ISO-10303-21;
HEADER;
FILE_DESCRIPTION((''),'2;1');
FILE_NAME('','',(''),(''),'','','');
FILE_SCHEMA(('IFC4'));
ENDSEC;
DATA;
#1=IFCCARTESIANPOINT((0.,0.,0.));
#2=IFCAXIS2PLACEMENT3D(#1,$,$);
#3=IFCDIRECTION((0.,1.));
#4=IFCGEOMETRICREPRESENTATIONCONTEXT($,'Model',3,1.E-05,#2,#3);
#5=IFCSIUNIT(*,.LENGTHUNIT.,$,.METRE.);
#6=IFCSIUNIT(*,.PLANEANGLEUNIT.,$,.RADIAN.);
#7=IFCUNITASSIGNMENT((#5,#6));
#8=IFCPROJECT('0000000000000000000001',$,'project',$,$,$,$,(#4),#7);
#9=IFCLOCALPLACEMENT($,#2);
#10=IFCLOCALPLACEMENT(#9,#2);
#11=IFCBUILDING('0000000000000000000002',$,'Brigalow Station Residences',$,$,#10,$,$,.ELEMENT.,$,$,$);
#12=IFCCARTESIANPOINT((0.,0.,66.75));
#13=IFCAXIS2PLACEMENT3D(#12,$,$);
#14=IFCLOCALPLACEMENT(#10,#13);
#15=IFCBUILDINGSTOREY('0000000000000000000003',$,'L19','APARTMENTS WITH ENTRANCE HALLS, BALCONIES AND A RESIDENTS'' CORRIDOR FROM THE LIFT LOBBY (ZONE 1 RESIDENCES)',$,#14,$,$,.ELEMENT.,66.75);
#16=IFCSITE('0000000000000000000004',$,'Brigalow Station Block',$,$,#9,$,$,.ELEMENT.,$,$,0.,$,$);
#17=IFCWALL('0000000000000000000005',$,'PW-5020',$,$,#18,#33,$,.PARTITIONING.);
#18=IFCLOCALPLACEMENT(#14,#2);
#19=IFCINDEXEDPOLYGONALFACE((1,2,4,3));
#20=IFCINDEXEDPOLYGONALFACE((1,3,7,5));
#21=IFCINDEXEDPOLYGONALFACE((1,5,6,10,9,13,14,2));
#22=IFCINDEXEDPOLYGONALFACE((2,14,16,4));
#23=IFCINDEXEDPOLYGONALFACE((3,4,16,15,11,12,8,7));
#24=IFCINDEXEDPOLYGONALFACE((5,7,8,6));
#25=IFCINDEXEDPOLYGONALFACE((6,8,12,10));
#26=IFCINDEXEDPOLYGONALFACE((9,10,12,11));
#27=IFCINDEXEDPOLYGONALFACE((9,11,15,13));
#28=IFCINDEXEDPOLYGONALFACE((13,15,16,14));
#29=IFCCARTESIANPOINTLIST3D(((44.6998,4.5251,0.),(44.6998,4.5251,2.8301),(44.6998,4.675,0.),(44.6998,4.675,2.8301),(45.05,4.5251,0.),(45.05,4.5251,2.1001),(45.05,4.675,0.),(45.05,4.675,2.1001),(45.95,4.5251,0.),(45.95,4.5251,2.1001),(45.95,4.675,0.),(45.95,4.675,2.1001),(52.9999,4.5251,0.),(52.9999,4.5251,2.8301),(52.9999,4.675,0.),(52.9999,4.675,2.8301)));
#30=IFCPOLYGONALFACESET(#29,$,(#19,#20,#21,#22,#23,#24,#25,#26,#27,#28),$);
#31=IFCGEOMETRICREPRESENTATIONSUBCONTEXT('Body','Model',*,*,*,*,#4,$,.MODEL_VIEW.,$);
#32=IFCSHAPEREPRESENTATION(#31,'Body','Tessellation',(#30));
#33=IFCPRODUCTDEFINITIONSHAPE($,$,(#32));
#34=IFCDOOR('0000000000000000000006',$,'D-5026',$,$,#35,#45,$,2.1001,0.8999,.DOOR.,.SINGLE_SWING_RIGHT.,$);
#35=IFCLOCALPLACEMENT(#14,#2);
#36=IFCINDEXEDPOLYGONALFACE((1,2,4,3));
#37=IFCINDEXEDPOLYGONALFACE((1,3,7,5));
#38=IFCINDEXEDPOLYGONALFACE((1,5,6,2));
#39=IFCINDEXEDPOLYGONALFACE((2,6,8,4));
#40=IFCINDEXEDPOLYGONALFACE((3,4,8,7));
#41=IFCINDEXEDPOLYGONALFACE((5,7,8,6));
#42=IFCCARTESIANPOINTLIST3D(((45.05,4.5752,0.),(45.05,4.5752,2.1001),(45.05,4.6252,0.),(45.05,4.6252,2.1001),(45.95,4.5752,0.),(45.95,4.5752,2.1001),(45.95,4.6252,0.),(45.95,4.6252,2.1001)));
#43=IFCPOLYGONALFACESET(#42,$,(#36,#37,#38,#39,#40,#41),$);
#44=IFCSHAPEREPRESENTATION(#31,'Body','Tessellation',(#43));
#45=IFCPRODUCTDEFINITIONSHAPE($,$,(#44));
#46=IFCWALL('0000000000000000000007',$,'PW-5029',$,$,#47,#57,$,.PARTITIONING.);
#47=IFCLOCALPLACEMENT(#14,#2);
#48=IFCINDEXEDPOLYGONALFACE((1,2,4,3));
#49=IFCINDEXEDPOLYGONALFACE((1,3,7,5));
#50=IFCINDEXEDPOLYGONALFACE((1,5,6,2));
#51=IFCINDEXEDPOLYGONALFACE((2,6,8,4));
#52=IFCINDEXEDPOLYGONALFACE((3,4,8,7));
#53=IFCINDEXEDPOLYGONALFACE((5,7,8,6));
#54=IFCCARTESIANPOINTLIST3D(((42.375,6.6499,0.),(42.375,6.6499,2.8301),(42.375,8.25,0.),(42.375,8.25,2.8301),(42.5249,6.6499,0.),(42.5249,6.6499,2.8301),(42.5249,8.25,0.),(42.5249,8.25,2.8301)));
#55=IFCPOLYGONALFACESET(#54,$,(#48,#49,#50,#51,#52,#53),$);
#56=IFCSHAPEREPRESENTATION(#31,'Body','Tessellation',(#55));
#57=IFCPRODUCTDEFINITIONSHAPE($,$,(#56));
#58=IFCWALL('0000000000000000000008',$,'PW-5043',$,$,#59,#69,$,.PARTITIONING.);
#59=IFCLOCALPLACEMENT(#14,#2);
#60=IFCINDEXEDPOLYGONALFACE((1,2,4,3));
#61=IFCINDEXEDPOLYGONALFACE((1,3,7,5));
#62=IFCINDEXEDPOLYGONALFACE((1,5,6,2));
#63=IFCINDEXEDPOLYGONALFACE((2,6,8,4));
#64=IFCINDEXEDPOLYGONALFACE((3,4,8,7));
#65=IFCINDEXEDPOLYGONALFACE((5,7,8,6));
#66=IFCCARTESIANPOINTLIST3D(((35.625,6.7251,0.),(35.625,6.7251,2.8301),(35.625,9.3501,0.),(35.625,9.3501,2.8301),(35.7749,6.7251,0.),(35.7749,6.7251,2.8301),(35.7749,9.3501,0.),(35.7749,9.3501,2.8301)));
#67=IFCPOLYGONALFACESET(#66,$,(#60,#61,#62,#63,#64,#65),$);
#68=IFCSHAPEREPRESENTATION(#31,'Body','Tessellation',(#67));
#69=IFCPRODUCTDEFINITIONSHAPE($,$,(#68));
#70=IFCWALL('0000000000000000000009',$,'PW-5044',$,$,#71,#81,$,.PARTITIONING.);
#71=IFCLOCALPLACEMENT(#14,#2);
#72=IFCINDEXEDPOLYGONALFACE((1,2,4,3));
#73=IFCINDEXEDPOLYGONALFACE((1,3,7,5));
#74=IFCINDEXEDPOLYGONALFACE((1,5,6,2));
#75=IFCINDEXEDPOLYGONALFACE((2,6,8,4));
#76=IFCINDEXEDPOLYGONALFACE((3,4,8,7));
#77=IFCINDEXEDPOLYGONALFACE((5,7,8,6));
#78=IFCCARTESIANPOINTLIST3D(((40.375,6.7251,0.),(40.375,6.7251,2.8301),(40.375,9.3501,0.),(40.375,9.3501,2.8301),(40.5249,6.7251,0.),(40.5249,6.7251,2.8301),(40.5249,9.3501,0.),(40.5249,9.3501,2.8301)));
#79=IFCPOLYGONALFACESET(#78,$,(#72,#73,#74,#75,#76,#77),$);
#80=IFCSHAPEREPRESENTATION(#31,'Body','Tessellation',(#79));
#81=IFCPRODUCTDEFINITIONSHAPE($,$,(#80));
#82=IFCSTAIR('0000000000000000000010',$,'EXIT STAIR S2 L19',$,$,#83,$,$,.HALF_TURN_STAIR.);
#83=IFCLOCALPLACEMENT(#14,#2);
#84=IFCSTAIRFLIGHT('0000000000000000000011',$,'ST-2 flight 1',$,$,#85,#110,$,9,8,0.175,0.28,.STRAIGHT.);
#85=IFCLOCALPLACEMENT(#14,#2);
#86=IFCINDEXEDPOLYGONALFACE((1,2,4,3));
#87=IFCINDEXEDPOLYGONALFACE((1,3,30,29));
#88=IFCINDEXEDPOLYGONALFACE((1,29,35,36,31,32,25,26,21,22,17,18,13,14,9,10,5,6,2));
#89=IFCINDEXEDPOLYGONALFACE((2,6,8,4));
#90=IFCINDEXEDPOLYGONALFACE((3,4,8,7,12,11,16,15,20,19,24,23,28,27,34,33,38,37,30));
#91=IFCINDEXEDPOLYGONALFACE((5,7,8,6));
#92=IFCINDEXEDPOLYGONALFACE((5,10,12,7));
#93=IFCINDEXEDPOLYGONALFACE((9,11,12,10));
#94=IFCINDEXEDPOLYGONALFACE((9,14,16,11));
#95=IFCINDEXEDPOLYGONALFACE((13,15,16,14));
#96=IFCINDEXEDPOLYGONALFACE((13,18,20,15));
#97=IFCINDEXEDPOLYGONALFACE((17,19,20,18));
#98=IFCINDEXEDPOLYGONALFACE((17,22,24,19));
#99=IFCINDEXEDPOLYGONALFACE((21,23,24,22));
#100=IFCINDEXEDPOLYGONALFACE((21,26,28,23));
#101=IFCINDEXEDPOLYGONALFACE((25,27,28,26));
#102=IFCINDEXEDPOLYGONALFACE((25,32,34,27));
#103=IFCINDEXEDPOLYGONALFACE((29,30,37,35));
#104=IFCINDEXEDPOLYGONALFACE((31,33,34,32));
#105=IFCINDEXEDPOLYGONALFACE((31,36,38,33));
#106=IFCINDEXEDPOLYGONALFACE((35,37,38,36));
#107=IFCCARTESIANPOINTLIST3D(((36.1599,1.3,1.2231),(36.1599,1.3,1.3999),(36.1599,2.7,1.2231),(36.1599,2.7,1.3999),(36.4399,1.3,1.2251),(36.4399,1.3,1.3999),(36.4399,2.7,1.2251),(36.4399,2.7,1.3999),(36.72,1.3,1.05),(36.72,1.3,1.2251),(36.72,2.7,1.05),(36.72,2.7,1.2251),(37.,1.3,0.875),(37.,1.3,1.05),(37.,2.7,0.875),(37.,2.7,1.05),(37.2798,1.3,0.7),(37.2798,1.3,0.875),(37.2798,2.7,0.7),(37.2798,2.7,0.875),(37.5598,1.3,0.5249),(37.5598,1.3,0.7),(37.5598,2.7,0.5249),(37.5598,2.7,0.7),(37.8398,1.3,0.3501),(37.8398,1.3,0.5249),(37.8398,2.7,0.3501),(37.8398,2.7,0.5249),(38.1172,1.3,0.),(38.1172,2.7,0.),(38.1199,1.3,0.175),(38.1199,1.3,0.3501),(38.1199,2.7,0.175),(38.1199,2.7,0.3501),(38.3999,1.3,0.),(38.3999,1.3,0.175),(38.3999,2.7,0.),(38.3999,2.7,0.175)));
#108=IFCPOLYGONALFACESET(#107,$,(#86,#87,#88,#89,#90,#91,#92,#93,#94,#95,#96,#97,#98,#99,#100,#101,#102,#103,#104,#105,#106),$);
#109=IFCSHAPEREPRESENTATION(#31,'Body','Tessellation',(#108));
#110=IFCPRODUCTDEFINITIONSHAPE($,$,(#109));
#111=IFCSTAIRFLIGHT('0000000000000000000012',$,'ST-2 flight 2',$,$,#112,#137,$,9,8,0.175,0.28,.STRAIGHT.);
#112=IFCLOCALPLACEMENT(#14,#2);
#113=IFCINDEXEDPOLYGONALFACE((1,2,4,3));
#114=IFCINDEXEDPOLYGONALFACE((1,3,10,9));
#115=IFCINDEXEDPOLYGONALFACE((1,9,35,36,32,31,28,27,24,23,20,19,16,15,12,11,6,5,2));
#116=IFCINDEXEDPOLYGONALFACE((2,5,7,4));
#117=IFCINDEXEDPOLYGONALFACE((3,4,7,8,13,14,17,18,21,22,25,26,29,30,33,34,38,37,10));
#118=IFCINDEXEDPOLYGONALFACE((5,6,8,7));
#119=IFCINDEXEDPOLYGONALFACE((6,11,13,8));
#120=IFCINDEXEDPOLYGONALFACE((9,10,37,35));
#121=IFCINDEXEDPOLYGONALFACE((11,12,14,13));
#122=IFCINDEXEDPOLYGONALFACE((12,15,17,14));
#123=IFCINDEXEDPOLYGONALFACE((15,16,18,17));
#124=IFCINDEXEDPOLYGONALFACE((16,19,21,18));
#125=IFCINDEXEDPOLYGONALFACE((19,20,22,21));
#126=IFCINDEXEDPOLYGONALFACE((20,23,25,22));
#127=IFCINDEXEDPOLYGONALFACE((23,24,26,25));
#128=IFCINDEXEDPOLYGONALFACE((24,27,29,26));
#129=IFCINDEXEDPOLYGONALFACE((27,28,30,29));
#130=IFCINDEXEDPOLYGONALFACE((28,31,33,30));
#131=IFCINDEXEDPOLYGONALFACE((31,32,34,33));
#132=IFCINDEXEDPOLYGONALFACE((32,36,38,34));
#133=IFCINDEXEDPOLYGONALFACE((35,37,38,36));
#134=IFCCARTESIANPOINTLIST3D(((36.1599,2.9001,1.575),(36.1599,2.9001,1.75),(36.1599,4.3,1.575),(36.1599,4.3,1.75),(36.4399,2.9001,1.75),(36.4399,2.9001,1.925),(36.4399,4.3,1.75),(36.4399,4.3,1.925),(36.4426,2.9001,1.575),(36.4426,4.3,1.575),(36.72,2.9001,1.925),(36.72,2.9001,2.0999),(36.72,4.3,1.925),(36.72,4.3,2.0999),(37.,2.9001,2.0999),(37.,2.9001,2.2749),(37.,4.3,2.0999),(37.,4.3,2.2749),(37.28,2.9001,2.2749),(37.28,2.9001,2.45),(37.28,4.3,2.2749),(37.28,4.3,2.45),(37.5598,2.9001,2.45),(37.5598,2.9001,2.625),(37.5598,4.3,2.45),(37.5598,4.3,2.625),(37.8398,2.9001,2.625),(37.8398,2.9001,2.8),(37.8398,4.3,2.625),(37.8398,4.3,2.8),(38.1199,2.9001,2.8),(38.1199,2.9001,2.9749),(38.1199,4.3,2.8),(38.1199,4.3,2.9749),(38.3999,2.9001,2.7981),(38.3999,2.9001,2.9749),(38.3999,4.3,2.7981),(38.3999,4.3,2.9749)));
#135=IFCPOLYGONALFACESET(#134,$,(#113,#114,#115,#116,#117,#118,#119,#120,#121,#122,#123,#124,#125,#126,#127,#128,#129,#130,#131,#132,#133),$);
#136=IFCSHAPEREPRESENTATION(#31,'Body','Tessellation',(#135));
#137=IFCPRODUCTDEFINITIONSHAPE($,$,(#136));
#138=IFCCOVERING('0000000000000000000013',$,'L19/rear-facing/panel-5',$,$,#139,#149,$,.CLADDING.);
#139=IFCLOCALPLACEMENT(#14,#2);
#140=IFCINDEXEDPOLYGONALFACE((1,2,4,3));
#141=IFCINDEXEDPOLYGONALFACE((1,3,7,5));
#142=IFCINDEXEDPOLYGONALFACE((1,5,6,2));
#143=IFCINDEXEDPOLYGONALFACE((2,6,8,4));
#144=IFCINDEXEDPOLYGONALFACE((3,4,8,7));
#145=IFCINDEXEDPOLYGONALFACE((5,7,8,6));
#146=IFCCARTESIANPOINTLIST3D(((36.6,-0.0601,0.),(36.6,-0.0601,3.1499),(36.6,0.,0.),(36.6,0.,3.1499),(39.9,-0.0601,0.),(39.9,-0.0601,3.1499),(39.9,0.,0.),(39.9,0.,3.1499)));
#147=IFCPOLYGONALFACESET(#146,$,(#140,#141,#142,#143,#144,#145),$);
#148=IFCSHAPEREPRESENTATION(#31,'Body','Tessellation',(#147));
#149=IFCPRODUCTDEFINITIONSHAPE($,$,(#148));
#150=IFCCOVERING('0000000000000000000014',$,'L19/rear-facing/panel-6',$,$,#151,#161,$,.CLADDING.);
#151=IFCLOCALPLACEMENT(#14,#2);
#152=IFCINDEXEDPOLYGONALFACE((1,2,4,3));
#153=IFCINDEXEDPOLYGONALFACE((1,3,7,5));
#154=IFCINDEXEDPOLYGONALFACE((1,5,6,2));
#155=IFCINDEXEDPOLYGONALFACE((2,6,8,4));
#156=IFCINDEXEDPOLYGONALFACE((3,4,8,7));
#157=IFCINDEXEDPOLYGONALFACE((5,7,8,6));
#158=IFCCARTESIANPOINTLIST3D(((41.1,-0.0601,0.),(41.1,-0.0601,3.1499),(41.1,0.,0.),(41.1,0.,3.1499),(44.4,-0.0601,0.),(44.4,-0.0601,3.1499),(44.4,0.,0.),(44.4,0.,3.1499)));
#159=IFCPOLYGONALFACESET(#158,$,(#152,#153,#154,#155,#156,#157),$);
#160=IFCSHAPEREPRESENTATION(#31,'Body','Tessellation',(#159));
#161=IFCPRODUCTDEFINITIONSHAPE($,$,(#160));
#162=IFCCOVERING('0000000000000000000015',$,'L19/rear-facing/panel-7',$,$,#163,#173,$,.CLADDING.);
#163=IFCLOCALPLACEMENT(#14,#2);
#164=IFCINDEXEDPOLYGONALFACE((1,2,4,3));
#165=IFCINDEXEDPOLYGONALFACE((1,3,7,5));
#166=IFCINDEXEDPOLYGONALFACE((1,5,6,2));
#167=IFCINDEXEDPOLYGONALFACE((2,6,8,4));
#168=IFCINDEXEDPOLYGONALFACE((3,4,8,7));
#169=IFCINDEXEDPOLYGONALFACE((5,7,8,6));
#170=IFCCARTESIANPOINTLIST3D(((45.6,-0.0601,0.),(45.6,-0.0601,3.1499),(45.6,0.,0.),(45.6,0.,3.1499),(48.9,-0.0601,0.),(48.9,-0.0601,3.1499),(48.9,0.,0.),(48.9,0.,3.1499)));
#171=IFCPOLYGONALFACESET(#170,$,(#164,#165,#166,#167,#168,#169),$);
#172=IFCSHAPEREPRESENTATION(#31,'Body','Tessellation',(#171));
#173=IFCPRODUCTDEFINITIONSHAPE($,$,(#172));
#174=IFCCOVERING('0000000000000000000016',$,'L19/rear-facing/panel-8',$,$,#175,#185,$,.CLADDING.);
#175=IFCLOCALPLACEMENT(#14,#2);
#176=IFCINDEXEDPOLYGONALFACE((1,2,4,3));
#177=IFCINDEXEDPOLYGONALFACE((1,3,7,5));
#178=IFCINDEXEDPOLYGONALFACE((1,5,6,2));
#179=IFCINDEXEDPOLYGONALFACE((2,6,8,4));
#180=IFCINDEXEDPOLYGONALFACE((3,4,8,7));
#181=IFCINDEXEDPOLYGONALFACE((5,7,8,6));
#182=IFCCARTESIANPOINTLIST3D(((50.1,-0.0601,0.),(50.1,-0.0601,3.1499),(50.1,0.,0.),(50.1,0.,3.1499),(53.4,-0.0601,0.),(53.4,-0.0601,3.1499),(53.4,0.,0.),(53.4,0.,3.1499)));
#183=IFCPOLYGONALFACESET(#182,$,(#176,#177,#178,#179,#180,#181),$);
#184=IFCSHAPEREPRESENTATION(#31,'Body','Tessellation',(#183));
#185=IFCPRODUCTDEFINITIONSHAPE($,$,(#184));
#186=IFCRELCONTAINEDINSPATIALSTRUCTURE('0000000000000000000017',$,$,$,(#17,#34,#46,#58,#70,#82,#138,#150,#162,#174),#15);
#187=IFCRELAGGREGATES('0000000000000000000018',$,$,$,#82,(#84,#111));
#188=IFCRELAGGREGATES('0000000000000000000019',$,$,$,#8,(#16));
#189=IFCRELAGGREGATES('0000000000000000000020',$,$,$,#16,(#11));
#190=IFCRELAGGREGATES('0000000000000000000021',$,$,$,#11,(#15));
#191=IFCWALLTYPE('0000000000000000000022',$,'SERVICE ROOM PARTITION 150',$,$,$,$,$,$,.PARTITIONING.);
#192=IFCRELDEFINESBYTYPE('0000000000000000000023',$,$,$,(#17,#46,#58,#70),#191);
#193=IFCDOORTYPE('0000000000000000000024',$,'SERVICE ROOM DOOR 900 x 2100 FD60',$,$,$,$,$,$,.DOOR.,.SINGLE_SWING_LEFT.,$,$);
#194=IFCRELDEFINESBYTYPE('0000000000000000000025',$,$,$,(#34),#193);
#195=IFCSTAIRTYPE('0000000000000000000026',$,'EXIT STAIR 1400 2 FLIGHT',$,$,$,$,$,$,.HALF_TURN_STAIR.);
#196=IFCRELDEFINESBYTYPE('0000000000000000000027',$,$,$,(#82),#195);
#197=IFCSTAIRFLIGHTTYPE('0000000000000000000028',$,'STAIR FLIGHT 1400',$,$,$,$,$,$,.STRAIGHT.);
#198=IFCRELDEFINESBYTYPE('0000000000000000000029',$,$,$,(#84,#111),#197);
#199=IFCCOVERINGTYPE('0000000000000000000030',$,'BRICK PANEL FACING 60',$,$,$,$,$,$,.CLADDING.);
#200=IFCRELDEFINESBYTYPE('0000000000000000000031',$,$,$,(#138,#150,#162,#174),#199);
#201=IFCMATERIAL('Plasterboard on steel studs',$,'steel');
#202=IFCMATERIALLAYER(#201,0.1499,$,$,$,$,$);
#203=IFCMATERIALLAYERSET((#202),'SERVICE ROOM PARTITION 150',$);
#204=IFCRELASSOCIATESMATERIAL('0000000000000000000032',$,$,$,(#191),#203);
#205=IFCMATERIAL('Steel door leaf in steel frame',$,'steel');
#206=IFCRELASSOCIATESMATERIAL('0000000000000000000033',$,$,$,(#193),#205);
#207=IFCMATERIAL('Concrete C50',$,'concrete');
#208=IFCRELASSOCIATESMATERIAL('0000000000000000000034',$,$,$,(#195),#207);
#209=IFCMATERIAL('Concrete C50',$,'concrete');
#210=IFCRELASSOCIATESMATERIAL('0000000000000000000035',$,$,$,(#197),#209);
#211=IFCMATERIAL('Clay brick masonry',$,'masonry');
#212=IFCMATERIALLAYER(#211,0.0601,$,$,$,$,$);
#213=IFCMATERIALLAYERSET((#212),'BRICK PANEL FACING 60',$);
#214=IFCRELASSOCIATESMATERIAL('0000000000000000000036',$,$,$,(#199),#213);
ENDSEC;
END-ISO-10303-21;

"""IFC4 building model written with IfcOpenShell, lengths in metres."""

from ifc_helpers import new_model, si_unit, direction, frame, frame_2d, origin, origin_2d, place, context, subcontext, project, spatial, polyline, rectangle, outline, extrude, material, layer, layer_set, type_object, element, fill, aggregate, save


model = new_model("IFC4")

# Units and contexts
model_context = context("Model", 3, precision=1e-05, world=origin(), true_north=direction((0.0, 1.0)))
body_context = subcontext(model_context, "Body", "Model", "MODEL_VIEW")
ifc_project = project(units=[si_unit("LENGTHUNIT", "METRE"), si_unit("PLANEANGLEUNIT", "RADIAN")], contexts=[model_context])

# Site, building, storey
site_placement = place(None, origin())
site = spatial("IfcSite", under=ifc_project, at=site_placement, Name="Brigalow Station Block", CompositionType="ELEMENT", RefElevation=0.0)
building_placement = place(site_placement, origin())
building = spatial("IfcBuilding", under=site, at=building_placement, Name="Brigalow Station Residences", CompositionType="ELEMENT")
storey_placement = place(building_placement, frame((0.0, 0.0, 66.75)))
storey = spatial("IfcBuildingStorey", under=building, at=storey_placement, Name="L19", Description="APARTMENTS WITH ENTRANCE HALLS, BALCONIES AND A RESIDENTS' CORRIDOR FROM THE LIFT LOBBY (ZONE 1 RESIDENCES)", CompositionType="ELEMENT", Elevation=66.75)

# Wall, opening, door
ifc_material_1 = material(Name="Plasterboard on steel studs", Category="steel")
ifc_layer_1 = layer(ifc_material_1, 0.1499)
ifc_layer_set_1 = layer_set([ifc_layer_1], Name="SERVICE ROOM PARTITION 150")
wall_type_1 = type_object("IfcWallType", Name="SERVICE ROOM PARTITION 150", PredefinedType="PARTITIONING", material=ifc_layer_set_1)
wall_1_placement = place(storey_placement, frame((44.7, 4.6001, 0.0), z_axis=(0.0, 0.0, 1.0), x_axis=(1.0, 0.0, 0.0)))
wall_1 = element("IfcWall", 1, at=wall_1_placement, inside=storey, type_object=wall_type_1, Name="PW-5020", PredefinedType="PARTITIONING", context=body_context, shape_type="SweptSolid", body=[
    extrude(rectangle(XDim=8.3, YDim=0.1499, at=frame_2d((4.1499, 0.0))), origin(), (0.0, 0.0, 1.0), 2.8301),
])
opening_1_placement = place(wall_1_placement, frame((0.3501, 0.0, 0.0)))
opening_1 = element("IfcOpeningElement", 2, at=opening_1_placement, cuts=wall_1, PredefinedType="OPENING", context=body_context, shape_type="SweptSolid", body=[
    extrude(rectangle(XDim=0.8999, YDim=2.1001, at=frame_2d((0.45, 1.05))), frame((0.0, 0.085, 0.0), z_axis=(0.0, -1.0, 0.0), x_axis=(1.0, 0.0, 0.0)), (0.0, 0.0, 1.0), 0.1699),
])
ifc_material_2 = material(Name="Steel door leaf in steel frame", Category="steel")
door_type_1 = type_object("IfcDoorType", Name="SERVICE ROOM DOOR 900 x 2100 FD60", OperationType="SINGLE_SWING_LEFT", PredefinedType="DOOR", material=ifc_material_2)
door_1_placement = place(opening_1_placement, frame((0.8999, 0.0, 0.0), z_axis=(0.0, 0.0, 1.0), x_axis=(-1.0, 0.0, 0.0)))
door_1 = element("IfcDoor", 3, at=door_1_placement, inside=storey, type_object=door_type_1, Name="D-5026", OperationType="SINGLE_SWING_RIGHT", OverallHeight=2.1001, OverallWidth=0.8999, PredefinedType="DOOR", context=body_context, shape_type="SweptSolid", body=[
    extrude(rectangle(XDim=0.8999, YDim=2.1001, at=frame_2d((0.45, 1.05))), frame((0.0, 0.0249, 0.0), z_axis=(0.0, -1.0, 0.0), x_axis=(1.0, 0.0, 0.0)), (0.0, 0.0, 1.0), 0.05),
])
fill(opening_1, door_1)

# Walls
wall_2_placement = place(storey_placement, frame((42.45, 6.6499, 0.0), z_axis=(0.0, 0.0, 1.0), x_axis=(0.0, 1.0, 0.0)))
element("IfcWall", 4, at=wall_2_placement, inside=storey, type_object=wall_type_1, Name="PW-5029", PredefinedType="PARTITIONING", context=body_context, shape_type="SweptSolid", body=[
    extrude(rectangle(XDim=1.6001, YDim=0.1499, at=frame_2d((0.8, 0.0))), origin(), (0.0, 0.0, 1.0), 2.8301),
])
for number, where, z_axis, x_axis, name in (
    (5, (35.7, 6.7251, 0.0), (0.0, 0.0, 1.0), (0.0, 1.0, 0.0), "PW-5043"),
    (6, (40.45, 6.7251, 0.0), (0.0, 0.0, 1.0), (0.0, 1.0, 0.0), "PW-5044"),
):
    element("IfcWall", number, at=place(storey_placement, frame(where, z_axis=z_axis, x_axis=x_axis)), inside=storey, type_object=wall_type_1, Name=name, PredefinedType="PARTITIONING", context=body_context, shape_type="SweptSolid", body=[
        extrude(rectangle(XDim=2.625, YDim=0.1499, at=frame_2d((1.3125, 0.0))), origin(), (0.0, 0.0, 1.0), 2.8301),
    ])

# Stair, stair flights
ifc_material_3 = material(Name="Concrete C50", Category="concrete")
stair_type = type_object("IfcStairType", Name="EXIT STAIR 1400 2 FLIGHT", PredefinedType="HALF_TURN_STAIR", material=ifc_material_3)
stair_placement = place(storey_placement, origin())
stair = element("IfcStair", 7, at=stair_placement, inside=storey, type_object=stair_type, Name="EXIT STAIR S2 L19", PredefinedType="HALF_TURN_STAIR")
ifc_material_4 = material(Name="Concrete C50", Category="concrete")
stair_flight_type = type_object("IfcStairFlightType", Name="STAIR FLIGHT 1400", PredefinedType="STRAIGHT", material=ifc_material_4)
stair_flight_1_placement = place(storey_placement, frame((38.3999, 2.0, 0.0), z_axis=(0.0, 0.0, 1.0), x_axis=(-1.0, 0.0, 0.0)))
stair_flight_1 = element("IfcStairFlight", 8, at=stair_flight_1_placement, type_object=stair_flight_type, Name="ST-2 flight 1", NumberOfRisers=9, NumberOfTreads=8, PredefinedType="STRAIGHT", RiserHeight=0.175, TreadLength=0.28, context=body_context, shape_type="SweptSolid", body=[
    extrude(outline(polyline([(0.0, 0.0), (0.0, 0.175), (0.28, 0.175), (0.28, 0.3501), (0.5601, 0.3501), (0.5601, 0.5249), (0.8401, 0.5249), (0.8401, 0.7), (1.1201, 0.7), (1.1201, 0.875), (1.3999, 0.875), (1.3999, 1.05), (1.6799, 1.05), (1.6799, 1.2251), (1.96, 1.2251), (1.96, 1.3999), (2.24, 1.3999), (2.24, 1.575), (2.24, 1.2231), (0.2827, 0.0), (0.0, 0.0)])), frame((0.0, 0.7, 0.0), z_axis=(0.0, -1.0, 0.0), x_axis=(1.0, 0.0, 0.0)), (0.0, 0.0, 1.0), 1.3999),
])
stair_flight_2_placement = place(storey_placement, frame((36.1599, 3.6001, 1.575), z_axis=(0.0, 0.0, 1.0), x_axis=(1.0, 0.0, 0.0)))
stair_flight_2 = element("IfcStairFlight", 9, at=stair_flight_2_placement, type_object=stair_flight_type, Name="ST-2 flight 2", NumberOfRisers=9, NumberOfTreads=8, PredefinedType="STRAIGHT", RiserHeight=0.175, TreadLength=0.28, context=body_context, shape_type="SweptSolid", body=[
    extrude(outline(polyline([(0.0, 0.0), (0.0, 0.175), (0.28, 0.175), (0.28, 0.3501), (0.5601, 0.3501), (0.5601, 0.5249), (0.8401, 0.5249), (0.8401, 0.7), (1.1201, 0.7), (1.1201, 0.875), (1.3999, 0.875), (1.3999, 1.05), (1.6799, 1.05), (1.6799, 1.2251), (1.96, 1.2251), (1.96, 1.3999), (2.24, 1.3999), (2.24, 1.575), (2.24, 1.2231), (0.2827, 0.0), (0.0, 0.0)])), frame((0.0, 0.7, 0.0), z_axis=(0.0, -1.0, 0.0), x_axis=(1.0, 0.0, 0.0)), (0.0, 0.0, 1.0), 1.3999),
])
aggregate(stair, [stair_flight_1, stair_flight_2])

# Coverings
ifc_material_5 = material(Name="Clay brick masonry", Category="masonry")
ifc_layer_2 = layer(ifc_material_5, 0.0601)
ifc_layer_set_2 = layer_set([ifc_layer_2], Name="BRICK PANEL FACING 60")
covering_type_1 = type_object("IfcCoveringType", Name="BRICK PANEL FACING 60", PredefinedType="CLADDING", material=ifc_layer_set_2)
for number, where, z_axis, x_axis, name in (
    (10, (38.25, -0.03, 0.0), (0.0, 0.0, 1.0), (1.0, 0.0, 0.0), "L19/rear-facing/panel-5"),
    (11, (42.75, -0.03, 0.0), (0.0, 0.0, 1.0), (1.0, 0.0, 0.0), "L19/rear-facing/panel-6"),
    (12, (47.25, -0.03, 0.0), (0.0, 0.0, 1.0), (1.0, 0.0, 0.0), "L19/rear-facing/panel-7"),
    (13, (51.75, -0.03, 0.0), (0.0, 0.0, 1.0), (1.0, 0.0, 0.0), "L19/rear-facing/panel-8"),
):
    element("IfcCovering", number, at=place(storey_placement, frame(where, z_axis=z_axis, x_axis=x_axis)), inside=storey, type_object=covering_type_1, Name=name, PredefinedType="CLADDING", context=body_context, shape_type="SweptSolid", body=[
        extrude(rectangle(XDim=3.3, YDim=0.0601, at=origin_2d()), origin(), (0.0, 0.0, 1.0), 3.1499),
    ])

save(model, "model.ifc")
